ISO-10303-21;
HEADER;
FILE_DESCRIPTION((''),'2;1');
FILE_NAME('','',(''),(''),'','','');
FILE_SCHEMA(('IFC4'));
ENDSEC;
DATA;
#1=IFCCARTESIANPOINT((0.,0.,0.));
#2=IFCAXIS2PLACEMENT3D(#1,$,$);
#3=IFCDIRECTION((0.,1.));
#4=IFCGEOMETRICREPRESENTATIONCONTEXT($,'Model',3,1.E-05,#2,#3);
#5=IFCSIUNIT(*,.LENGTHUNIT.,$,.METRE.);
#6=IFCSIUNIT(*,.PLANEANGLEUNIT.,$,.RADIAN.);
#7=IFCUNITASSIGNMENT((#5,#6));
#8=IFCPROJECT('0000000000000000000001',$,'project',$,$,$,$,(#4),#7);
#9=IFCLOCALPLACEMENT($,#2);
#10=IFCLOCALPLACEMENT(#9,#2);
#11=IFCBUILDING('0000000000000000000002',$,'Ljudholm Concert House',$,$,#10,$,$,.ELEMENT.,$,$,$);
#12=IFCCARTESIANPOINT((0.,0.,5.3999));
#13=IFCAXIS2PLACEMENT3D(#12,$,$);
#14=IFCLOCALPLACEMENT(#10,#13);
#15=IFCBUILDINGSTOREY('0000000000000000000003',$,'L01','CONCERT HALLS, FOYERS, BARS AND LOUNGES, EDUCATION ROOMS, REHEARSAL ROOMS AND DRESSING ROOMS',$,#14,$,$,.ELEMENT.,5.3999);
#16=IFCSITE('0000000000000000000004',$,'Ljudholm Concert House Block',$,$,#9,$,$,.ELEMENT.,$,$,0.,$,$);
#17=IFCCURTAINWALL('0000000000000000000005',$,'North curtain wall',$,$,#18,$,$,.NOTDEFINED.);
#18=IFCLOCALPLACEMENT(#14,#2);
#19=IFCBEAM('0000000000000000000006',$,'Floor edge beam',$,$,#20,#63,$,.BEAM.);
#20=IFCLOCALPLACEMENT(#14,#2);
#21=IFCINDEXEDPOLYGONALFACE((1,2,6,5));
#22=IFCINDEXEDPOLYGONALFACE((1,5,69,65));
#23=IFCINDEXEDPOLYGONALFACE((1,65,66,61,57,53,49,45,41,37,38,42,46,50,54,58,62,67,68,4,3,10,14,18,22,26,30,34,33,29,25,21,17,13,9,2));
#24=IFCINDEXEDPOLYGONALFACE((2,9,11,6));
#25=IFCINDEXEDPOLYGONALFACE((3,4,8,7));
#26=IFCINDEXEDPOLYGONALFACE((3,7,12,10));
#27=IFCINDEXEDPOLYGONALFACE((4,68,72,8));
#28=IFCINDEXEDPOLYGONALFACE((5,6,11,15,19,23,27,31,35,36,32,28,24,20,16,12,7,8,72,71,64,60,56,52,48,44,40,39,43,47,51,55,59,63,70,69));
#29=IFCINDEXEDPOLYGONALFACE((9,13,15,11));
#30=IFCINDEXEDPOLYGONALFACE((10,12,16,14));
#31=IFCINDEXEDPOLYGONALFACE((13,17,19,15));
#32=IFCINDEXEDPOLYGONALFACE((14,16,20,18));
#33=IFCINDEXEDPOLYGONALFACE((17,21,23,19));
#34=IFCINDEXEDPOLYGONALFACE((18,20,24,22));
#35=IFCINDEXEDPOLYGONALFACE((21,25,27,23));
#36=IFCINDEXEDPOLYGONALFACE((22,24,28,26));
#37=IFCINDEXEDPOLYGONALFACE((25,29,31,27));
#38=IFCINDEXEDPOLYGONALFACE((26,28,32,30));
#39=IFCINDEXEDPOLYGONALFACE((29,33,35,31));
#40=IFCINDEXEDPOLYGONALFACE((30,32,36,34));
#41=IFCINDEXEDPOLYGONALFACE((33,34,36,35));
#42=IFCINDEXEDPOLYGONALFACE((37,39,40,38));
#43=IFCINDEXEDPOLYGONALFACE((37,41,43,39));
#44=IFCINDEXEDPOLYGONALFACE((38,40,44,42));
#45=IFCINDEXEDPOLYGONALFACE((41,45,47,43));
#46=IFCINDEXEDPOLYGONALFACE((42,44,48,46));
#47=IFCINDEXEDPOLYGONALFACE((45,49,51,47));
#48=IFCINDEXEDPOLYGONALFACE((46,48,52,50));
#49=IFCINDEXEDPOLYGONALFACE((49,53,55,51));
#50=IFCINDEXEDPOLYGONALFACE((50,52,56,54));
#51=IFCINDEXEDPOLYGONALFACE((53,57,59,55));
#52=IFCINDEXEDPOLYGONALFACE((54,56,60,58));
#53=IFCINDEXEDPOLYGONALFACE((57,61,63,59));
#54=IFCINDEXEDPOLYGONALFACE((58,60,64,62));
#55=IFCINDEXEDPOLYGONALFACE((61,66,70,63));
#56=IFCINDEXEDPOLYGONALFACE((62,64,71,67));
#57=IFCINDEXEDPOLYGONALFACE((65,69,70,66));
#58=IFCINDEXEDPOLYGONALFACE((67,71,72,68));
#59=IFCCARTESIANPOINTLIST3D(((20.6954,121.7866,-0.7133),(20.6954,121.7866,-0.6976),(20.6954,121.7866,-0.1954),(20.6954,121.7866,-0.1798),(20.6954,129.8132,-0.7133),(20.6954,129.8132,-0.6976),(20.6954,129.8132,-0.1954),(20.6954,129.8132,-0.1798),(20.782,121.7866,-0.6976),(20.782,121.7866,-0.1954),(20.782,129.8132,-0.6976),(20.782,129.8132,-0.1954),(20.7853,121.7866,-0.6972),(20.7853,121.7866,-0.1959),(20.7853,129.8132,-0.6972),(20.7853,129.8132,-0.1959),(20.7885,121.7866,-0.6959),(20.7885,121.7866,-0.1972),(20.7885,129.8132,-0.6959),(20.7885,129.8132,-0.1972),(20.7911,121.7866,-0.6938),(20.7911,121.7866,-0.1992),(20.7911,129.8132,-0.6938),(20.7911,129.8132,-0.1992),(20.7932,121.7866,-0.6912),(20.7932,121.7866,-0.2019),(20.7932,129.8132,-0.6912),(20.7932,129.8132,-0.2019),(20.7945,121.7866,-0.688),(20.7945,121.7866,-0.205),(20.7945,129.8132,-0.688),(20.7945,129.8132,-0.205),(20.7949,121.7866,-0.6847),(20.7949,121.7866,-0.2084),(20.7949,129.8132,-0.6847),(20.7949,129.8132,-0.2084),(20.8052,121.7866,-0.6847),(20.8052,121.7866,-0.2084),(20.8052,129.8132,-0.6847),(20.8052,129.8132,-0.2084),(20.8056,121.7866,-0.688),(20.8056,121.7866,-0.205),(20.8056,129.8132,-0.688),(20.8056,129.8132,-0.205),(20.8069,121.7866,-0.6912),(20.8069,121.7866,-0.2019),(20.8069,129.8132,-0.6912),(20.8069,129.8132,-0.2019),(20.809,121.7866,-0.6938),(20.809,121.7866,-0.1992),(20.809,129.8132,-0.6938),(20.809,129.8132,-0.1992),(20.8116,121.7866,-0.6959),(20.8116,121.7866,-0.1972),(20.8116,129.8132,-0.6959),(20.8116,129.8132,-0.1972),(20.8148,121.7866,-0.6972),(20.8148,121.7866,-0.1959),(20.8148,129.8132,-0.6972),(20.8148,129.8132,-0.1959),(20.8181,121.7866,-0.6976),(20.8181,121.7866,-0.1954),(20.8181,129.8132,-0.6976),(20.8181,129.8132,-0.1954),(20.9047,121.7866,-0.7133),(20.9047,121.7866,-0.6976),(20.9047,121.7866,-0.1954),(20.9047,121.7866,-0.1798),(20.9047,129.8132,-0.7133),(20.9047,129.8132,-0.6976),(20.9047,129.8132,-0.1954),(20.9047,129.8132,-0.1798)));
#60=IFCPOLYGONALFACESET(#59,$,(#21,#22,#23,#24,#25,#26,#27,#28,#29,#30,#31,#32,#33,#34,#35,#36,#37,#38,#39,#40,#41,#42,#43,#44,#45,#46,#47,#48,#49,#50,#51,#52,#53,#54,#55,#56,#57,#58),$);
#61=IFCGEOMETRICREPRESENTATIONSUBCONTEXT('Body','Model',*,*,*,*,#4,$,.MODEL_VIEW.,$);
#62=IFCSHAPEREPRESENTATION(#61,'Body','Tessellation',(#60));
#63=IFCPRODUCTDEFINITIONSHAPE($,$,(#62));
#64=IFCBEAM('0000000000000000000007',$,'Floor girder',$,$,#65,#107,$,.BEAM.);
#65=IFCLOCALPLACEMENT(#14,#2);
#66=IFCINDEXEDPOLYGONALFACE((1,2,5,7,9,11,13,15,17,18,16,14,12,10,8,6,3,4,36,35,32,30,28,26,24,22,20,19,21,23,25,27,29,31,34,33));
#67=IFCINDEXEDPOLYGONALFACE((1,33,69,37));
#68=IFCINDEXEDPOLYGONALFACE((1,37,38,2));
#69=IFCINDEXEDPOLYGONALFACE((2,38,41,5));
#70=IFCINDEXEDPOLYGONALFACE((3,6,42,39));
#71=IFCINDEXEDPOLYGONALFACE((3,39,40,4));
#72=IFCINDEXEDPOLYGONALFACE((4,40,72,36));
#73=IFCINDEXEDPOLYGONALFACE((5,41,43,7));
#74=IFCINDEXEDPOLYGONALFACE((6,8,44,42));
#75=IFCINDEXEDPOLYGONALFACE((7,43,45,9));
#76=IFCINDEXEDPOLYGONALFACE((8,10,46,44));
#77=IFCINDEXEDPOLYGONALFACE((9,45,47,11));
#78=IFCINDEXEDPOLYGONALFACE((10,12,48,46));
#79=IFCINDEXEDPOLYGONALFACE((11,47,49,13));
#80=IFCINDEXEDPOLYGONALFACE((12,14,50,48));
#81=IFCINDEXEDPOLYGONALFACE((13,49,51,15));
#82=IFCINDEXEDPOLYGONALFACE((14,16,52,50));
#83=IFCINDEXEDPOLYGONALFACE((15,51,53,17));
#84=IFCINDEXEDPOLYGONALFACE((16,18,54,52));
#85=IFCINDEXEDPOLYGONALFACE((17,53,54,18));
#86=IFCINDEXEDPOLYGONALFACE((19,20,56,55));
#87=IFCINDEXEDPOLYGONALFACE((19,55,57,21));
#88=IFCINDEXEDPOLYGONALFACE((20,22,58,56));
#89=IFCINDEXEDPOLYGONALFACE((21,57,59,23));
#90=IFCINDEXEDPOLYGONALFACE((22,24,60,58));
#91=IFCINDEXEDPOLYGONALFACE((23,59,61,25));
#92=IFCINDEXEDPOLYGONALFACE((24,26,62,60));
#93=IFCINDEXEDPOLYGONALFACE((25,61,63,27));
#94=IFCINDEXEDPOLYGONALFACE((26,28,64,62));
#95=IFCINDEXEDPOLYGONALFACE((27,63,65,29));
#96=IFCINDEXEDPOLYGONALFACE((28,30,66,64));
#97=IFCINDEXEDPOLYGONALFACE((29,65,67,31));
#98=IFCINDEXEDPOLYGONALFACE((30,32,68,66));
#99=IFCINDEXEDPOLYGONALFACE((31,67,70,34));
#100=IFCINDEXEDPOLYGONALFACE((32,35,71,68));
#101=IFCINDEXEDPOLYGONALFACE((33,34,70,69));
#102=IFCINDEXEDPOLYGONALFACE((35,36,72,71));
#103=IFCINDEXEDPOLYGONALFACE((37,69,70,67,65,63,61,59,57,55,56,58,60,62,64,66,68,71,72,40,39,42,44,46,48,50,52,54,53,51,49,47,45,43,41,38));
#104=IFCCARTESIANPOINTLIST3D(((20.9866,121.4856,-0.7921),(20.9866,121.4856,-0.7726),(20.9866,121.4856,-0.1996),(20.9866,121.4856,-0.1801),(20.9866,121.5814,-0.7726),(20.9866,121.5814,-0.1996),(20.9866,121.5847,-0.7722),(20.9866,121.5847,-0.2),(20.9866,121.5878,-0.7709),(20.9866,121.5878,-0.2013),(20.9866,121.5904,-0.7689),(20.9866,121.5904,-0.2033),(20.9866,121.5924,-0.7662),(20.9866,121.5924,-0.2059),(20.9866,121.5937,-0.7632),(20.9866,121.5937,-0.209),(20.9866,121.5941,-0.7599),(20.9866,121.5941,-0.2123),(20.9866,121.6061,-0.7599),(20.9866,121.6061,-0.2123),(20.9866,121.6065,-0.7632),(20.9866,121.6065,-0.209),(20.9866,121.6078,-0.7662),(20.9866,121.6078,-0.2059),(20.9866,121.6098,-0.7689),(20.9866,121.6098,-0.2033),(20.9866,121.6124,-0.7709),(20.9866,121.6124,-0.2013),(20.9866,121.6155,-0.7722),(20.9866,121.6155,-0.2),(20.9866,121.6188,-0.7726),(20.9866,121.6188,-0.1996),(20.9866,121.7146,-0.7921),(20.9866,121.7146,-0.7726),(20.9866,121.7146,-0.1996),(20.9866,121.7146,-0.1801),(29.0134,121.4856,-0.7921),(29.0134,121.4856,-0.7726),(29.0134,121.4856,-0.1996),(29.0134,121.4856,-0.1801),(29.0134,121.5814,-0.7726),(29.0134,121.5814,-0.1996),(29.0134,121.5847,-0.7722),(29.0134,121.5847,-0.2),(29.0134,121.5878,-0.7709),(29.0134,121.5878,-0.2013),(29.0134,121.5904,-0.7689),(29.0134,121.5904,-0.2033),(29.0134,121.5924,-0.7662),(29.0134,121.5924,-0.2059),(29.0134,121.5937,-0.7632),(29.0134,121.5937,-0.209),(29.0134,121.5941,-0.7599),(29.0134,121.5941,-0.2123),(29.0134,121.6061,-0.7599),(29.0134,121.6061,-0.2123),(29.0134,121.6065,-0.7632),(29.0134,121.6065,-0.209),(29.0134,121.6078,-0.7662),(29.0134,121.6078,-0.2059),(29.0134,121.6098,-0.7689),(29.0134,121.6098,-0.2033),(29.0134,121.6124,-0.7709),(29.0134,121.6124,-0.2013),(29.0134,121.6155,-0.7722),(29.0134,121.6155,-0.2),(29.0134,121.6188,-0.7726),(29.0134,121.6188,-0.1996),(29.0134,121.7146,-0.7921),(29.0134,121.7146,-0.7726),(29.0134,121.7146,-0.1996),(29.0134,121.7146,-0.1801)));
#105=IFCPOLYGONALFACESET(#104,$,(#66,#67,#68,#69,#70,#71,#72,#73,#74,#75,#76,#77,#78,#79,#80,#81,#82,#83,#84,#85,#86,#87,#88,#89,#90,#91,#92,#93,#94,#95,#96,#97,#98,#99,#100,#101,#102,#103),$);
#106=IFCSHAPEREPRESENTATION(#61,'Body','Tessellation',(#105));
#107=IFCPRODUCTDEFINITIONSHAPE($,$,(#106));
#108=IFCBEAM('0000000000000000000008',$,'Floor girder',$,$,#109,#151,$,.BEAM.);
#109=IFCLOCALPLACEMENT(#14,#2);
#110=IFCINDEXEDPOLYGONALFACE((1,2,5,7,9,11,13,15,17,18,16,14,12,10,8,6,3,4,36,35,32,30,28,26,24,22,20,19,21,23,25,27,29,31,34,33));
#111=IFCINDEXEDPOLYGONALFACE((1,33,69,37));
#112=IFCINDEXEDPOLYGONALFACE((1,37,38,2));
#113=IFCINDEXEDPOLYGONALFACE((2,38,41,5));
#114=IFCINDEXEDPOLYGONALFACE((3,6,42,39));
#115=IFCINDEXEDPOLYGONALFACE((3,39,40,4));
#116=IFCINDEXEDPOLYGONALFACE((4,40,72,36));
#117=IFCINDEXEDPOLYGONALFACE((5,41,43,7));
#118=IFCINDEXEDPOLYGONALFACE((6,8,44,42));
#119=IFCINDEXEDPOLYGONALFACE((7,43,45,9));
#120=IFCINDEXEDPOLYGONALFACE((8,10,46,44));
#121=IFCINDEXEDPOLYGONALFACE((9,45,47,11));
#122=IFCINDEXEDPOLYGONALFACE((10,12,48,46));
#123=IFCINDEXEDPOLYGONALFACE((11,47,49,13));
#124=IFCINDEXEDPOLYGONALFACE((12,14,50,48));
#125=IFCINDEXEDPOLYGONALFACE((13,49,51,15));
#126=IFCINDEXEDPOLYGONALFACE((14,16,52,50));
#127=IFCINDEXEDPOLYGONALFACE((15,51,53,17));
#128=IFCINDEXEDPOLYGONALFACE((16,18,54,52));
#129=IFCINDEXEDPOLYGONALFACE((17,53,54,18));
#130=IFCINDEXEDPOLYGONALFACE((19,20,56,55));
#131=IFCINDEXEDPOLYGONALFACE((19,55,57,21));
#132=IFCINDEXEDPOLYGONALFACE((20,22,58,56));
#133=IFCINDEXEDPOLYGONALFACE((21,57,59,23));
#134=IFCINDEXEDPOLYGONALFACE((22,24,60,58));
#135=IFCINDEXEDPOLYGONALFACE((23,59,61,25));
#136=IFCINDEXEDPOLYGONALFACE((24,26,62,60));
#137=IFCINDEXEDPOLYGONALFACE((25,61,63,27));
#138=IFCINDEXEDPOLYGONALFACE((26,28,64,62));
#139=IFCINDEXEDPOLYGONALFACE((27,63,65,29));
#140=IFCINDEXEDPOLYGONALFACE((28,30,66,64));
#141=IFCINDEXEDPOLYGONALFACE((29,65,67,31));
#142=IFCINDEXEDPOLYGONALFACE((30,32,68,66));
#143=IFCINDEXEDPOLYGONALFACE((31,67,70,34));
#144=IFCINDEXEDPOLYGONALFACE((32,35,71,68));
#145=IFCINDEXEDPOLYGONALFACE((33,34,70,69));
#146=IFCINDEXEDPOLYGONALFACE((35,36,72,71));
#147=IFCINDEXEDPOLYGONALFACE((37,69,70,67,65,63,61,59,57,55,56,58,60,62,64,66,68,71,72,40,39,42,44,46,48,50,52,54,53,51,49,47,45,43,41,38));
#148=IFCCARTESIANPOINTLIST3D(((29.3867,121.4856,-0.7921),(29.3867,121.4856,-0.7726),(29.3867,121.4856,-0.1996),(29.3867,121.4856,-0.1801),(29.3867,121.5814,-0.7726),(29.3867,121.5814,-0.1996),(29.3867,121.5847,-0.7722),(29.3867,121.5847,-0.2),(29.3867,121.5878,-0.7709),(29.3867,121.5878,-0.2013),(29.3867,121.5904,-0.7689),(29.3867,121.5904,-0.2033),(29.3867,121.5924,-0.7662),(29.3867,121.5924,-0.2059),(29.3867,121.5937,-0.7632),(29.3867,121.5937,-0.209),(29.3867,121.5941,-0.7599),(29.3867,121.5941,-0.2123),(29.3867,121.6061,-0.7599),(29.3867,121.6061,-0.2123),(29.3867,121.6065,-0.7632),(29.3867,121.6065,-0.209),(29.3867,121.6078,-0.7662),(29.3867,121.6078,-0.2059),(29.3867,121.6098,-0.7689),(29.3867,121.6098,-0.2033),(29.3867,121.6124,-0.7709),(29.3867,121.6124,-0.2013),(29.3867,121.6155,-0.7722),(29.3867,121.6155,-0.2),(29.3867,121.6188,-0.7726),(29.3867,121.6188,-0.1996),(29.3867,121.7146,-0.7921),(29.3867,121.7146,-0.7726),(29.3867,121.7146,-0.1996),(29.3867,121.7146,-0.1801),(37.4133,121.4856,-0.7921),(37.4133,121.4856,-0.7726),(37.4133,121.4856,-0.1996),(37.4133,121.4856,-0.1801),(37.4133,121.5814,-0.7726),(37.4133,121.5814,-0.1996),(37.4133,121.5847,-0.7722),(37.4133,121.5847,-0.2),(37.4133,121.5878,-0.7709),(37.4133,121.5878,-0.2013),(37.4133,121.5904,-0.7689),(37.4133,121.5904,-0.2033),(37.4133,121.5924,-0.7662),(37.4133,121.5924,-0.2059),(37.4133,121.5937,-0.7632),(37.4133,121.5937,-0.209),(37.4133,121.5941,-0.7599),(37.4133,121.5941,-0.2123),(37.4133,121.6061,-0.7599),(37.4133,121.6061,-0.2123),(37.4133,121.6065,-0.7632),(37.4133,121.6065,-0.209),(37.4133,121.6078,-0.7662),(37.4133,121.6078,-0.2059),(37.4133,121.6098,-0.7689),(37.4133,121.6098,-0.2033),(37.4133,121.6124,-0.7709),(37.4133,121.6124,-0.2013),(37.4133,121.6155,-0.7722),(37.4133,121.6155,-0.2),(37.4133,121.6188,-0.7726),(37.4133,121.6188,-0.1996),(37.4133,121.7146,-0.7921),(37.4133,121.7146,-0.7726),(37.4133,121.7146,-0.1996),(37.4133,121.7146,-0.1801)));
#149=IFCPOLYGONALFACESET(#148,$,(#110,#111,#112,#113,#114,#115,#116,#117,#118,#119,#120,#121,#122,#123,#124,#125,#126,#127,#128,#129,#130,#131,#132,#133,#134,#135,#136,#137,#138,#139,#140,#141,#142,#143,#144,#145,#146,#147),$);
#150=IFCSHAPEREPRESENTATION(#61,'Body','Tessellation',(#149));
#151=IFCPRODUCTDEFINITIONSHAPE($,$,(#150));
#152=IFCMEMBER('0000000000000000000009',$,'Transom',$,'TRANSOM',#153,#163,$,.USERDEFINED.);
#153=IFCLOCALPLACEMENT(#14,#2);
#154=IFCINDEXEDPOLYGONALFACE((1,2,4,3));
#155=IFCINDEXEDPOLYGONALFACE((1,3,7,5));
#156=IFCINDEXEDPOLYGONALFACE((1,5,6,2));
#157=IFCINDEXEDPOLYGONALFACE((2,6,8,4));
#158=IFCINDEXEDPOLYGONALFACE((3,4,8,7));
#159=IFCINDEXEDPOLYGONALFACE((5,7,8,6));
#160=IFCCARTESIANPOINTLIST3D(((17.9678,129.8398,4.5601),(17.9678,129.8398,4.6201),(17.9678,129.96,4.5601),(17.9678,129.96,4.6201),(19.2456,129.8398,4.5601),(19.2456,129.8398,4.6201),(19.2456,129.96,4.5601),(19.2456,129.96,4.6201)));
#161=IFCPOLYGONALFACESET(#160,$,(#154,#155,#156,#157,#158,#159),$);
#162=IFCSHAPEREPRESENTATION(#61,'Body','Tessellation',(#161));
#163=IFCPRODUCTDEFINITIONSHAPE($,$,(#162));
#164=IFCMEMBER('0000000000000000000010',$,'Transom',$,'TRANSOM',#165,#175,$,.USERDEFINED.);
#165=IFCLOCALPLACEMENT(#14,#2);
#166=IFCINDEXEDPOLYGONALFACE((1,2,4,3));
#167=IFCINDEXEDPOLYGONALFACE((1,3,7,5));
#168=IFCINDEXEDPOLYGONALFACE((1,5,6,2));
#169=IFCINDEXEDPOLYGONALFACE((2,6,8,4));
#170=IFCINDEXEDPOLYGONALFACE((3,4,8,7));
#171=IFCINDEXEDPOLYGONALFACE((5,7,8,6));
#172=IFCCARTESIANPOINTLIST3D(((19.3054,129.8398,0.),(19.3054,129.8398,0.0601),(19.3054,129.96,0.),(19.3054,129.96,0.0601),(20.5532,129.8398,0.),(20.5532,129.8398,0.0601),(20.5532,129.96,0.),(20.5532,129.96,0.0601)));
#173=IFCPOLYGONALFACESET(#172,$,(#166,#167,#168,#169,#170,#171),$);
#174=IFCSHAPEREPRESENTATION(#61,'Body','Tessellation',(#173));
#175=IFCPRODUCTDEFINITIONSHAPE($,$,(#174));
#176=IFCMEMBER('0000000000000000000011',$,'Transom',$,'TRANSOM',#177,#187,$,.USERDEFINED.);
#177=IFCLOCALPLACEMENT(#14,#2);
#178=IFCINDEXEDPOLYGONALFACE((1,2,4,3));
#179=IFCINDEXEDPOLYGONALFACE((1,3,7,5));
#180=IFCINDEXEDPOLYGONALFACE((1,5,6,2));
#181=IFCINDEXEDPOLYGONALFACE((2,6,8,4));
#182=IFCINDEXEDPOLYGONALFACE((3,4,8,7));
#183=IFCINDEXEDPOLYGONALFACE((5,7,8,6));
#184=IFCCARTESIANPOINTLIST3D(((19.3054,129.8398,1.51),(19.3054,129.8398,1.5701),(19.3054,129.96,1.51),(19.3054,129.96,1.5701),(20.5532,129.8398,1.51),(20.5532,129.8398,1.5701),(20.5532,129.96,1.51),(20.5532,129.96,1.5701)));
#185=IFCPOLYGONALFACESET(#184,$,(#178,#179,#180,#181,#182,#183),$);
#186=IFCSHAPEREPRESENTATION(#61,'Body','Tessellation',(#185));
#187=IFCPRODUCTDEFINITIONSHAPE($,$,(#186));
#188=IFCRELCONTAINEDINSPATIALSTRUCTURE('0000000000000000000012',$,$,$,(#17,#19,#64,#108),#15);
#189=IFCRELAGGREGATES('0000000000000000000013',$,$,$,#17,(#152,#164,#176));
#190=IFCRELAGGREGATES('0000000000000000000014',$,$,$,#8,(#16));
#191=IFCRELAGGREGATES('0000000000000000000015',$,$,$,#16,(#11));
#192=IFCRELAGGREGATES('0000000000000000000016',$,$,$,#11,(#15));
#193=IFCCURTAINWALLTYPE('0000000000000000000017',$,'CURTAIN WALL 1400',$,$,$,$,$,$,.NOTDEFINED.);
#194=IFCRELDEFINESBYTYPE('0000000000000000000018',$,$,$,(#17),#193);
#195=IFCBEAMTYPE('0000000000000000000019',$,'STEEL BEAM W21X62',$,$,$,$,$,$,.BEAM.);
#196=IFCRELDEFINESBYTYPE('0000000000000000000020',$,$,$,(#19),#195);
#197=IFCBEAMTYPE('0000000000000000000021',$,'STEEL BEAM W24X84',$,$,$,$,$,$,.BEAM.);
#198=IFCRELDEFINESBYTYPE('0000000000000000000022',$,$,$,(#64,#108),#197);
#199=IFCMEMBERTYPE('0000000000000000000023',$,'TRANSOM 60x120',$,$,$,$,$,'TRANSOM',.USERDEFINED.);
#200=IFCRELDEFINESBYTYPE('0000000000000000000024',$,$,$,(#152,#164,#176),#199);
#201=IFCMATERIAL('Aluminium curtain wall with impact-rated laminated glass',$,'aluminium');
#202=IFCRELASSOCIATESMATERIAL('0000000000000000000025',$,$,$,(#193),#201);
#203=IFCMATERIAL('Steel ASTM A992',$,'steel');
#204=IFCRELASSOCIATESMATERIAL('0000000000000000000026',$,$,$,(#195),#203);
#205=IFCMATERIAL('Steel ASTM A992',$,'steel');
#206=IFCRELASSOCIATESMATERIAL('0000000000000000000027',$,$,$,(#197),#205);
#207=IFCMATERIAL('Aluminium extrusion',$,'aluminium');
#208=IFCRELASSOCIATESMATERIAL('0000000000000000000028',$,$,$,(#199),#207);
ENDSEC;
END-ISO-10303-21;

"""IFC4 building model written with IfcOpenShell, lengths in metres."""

from ifc_helpers import new_model, si_unit, direction, frame, origin, origin_2d, place, context, subcontext, project, spatial, rectangle, i_section, extrude, material, material_profile, profile_set, type_object, element, aggregate, save


model = new_model("IFC4")

# Units and contexts
model_context = context("Model", 3, precision=1e-05, world=origin(), true_north=direction((0.0, 1.0)))
body_context = subcontext(model_context, "Body", "Model", "MODEL_VIEW")
ifc_project = project(units=[si_unit("LENGTHUNIT", "METRE"), si_unit("PLANEANGLEUNIT", "RADIAN")], contexts=[model_context])

# Site, building, storey
site_placement = place(None, origin())
site = spatial("IfcSite", under=ifc_project, at=site_placement, Name="Ljudholm Concert House Block", CompositionType="ELEMENT", RefElevation=0.0)
building_placement = place(site_placement, origin())
building = spatial("IfcBuilding", under=site, at=building_placement, Name="Ljudholm Concert House", CompositionType="ELEMENT")
storey_placement = place(building_placement, frame((0.0, 0.0, 5.3999)))
storey = spatial("IfcBuildingStorey", under=building, at=storey_placement, Name="L01", Description="CONCERT HALLS, FOYERS, BARS AND LOUNGES, EDUCATION ROOMS, REHEARSAL ROOMS AND DRESSING ROOMS", CompositionType="ELEMENT", Elevation=5.3999)

# Curtain wall
ifc_material_1 = material(Name="Aluminium curtain wall with impact-rated laminated glass", Category="aluminium")
curtain_wall_type = type_object("IfcCurtainWallType", Name="CURTAIN WALL 1400", PredefinedType="NOTDEFINED", material=ifc_material_1)
curtain_wall_placement = place(storey_placement, origin())
curtain_wall = element("IfcCurtainWall", 1, at=curtain_wall_placement, inside=storey, type_object=curtain_wall_type, Name="North curtain wall", PredefinedType="NOTDEFINED")

# Beams
ifc_material_2 = material(Name="Steel ASTM A992", Category="steel")
ifc_material_profile_1 = material_profile(ifc_material_2, i_section(OverallWidth=0.2092, OverallDepth=0.5334, WebThickness=0.0103, FlangeThickness=0.0156, FilletRadius=0.0129, at=origin_2d()), Name="W21X62")
ifc_profile_set_1 = profile_set([ifc_material_profile_1], Name="Steel ASTM A992")
beam_type_1 = type_object("IfcBeamType", Name="STEEL BEAM W21X62", PredefinedType="BEAM", material=ifc_profile_set_1)
for number, where, z_axis, x_axis, name in (
    (2, (20.8, 121.7866, -0.4465), (0.0, 1.0, 0.0), (-1.0, 0.0, 0.0), "Floor edge beam"),
):
    element("IfcBeam", number, at=place(storey_placement, frame(where, z_axis=z_axis, x_axis=x_axis)), inside=storey, type_object=beam_type_1, Name=name, PredefinedType="BEAM", context=body_context, shape_type="SweptSolid", body=[
        extrude(i_section(OverallWidth=0.2092, OverallDepth=0.5334, WebThickness=0.0103, FlangeThickness=0.0156, FilletRadius=0.0129, at=origin_2d()), origin(), (0.0, 0.0, 1.0), 8.0266),
    ])
ifc_material_3 = material(Name="Steel ASTM A992", Category="steel")
ifc_material_profile_2 = material_profile(ifc_material_3, i_section(OverallWidth=0.229, OverallDepth=0.6121, WebThickness=0.012, FlangeThickness=0.0195, FilletRadius=0.0127, at=origin_2d()), Name="W24X84")
ifc_profile_set_2 = profile_set([ifc_material_profile_2], Name="Steel ASTM A992")
beam_type_2 = type_object("IfcBeamType", Name="STEEL BEAM W24X84", PredefinedType="BEAM", material=ifc_profile_set_2)
beam_1_placement = place(storey_placement, frame((20.9866, 121.6001, -0.4861), z_axis=(1.0, 0.0, 0.0), x_axis=(0.0, 1.0, 0.0)))
element("IfcBeam", 3, at=beam_1_placement, inside=storey, type_object=beam_type_2, Name="Floor girder", PredefinedType="BEAM", context=body_context, shape_type="SweptSolid", body=[
    extrude(i_section(OverallWidth=0.229, OverallDepth=0.6121, WebThickness=0.012, FlangeThickness=0.0195, FilletRadius=0.0127, at=origin_2d()), origin(), (0.0, 0.0, 1.0), 8.0269),
])
beam_2_placement = place(storey_placement, frame((29.3867, 121.6001, -0.4861), z_axis=(1.0, 0.0, 0.0), x_axis=(0.0, 1.0, 0.0)))
element("IfcBeam", 4, at=beam_2_placement, inside=storey, type_object=beam_type_2, Name="Floor girder", PredefinedType="BEAM", context=body_context, shape_type="SweptSolid", body=[
    extrude(i_section(OverallWidth=0.229, OverallDepth=0.6121, WebThickness=0.012, FlangeThickness=0.0195, FilletRadius=0.0127, at=origin_2d()), origin(), (0.0, 0.0, 1.0), 8.0266),
])

# Members
ifc_material_4 = material(Name="Aluminium extrusion", Category="aluminium")
ifc_material_profile_3 = material_profile(ifc_material_4, rectangle(XDim=0.1201, YDim=0.0601, at=origin_2d()), Name="TRANSOM 60x120")
ifc_profile_set_3 = profile_set([ifc_material_profile_3], Name="Aluminium extrusion")
member_type_1 = type_object("IfcMemberType", Name="TRANSOM 60x120", ElementType="TRANSOM", PredefinedType="USERDEFINED", material=ifc_profile_set_3)
member_1_placement = place(storey_placement, frame((17.9678, 129.8999, 4.5901), z_axis=(1.0, 0.0, 0.0), x_axis=(0.0, 1.0, 0.0)))
member_1 = element("IfcMember", 5, at=member_1_placement, type_object=member_type_1, Name="Transom", ObjectType="TRANSOM", PredefinedType="USERDEFINED", context=body_context, shape_type="SweptSolid", body=[
    extrude(rectangle(XDim=0.1201, YDim=0.0601, at=origin_2d()), origin(), (0.0, 0.0, 1.0), 1.2778),
])
member_2_placement = place(storey_placement, frame((19.3054, 129.8999, 0.03), z_axis=(1.0, 0.0, 0.0), x_axis=(0.0, 1.0, 0.0)))
member_2 = element("IfcMember", 6, at=member_2_placement, type_object=member_type_1, Name="Transom", ObjectType="TRANSOM", PredefinedType="USERDEFINED", context=body_context, shape_type="SweptSolid", body=[
    extrude(rectangle(XDim=0.1201, YDim=0.0601, at=origin_2d()), origin(), (0.0, 0.0, 1.0), 1.2478),
])
member_3_placement = place(storey_placement, frame((19.3054, 129.8999, 1.54), z_axis=(1.0, 0.0, 0.0), x_axis=(0.0, 1.0, 0.0)))
member_3 = element("IfcMember", 7, at=member_3_placement, type_object=member_type_1, Name="Transom", ObjectType="TRANSOM", PredefinedType="USERDEFINED", context=body_context, shape_type="SweptSolid", body=[
    extrude(rectangle(XDim=0.1201, YDim=0.0601, at=origin_2d()), origin(), (0.0, 0.0, 1.0), 1.2478),
])

aggregate(curtain_wall, [member_1, member_2, member_3])

save(model, "model.ifc")
